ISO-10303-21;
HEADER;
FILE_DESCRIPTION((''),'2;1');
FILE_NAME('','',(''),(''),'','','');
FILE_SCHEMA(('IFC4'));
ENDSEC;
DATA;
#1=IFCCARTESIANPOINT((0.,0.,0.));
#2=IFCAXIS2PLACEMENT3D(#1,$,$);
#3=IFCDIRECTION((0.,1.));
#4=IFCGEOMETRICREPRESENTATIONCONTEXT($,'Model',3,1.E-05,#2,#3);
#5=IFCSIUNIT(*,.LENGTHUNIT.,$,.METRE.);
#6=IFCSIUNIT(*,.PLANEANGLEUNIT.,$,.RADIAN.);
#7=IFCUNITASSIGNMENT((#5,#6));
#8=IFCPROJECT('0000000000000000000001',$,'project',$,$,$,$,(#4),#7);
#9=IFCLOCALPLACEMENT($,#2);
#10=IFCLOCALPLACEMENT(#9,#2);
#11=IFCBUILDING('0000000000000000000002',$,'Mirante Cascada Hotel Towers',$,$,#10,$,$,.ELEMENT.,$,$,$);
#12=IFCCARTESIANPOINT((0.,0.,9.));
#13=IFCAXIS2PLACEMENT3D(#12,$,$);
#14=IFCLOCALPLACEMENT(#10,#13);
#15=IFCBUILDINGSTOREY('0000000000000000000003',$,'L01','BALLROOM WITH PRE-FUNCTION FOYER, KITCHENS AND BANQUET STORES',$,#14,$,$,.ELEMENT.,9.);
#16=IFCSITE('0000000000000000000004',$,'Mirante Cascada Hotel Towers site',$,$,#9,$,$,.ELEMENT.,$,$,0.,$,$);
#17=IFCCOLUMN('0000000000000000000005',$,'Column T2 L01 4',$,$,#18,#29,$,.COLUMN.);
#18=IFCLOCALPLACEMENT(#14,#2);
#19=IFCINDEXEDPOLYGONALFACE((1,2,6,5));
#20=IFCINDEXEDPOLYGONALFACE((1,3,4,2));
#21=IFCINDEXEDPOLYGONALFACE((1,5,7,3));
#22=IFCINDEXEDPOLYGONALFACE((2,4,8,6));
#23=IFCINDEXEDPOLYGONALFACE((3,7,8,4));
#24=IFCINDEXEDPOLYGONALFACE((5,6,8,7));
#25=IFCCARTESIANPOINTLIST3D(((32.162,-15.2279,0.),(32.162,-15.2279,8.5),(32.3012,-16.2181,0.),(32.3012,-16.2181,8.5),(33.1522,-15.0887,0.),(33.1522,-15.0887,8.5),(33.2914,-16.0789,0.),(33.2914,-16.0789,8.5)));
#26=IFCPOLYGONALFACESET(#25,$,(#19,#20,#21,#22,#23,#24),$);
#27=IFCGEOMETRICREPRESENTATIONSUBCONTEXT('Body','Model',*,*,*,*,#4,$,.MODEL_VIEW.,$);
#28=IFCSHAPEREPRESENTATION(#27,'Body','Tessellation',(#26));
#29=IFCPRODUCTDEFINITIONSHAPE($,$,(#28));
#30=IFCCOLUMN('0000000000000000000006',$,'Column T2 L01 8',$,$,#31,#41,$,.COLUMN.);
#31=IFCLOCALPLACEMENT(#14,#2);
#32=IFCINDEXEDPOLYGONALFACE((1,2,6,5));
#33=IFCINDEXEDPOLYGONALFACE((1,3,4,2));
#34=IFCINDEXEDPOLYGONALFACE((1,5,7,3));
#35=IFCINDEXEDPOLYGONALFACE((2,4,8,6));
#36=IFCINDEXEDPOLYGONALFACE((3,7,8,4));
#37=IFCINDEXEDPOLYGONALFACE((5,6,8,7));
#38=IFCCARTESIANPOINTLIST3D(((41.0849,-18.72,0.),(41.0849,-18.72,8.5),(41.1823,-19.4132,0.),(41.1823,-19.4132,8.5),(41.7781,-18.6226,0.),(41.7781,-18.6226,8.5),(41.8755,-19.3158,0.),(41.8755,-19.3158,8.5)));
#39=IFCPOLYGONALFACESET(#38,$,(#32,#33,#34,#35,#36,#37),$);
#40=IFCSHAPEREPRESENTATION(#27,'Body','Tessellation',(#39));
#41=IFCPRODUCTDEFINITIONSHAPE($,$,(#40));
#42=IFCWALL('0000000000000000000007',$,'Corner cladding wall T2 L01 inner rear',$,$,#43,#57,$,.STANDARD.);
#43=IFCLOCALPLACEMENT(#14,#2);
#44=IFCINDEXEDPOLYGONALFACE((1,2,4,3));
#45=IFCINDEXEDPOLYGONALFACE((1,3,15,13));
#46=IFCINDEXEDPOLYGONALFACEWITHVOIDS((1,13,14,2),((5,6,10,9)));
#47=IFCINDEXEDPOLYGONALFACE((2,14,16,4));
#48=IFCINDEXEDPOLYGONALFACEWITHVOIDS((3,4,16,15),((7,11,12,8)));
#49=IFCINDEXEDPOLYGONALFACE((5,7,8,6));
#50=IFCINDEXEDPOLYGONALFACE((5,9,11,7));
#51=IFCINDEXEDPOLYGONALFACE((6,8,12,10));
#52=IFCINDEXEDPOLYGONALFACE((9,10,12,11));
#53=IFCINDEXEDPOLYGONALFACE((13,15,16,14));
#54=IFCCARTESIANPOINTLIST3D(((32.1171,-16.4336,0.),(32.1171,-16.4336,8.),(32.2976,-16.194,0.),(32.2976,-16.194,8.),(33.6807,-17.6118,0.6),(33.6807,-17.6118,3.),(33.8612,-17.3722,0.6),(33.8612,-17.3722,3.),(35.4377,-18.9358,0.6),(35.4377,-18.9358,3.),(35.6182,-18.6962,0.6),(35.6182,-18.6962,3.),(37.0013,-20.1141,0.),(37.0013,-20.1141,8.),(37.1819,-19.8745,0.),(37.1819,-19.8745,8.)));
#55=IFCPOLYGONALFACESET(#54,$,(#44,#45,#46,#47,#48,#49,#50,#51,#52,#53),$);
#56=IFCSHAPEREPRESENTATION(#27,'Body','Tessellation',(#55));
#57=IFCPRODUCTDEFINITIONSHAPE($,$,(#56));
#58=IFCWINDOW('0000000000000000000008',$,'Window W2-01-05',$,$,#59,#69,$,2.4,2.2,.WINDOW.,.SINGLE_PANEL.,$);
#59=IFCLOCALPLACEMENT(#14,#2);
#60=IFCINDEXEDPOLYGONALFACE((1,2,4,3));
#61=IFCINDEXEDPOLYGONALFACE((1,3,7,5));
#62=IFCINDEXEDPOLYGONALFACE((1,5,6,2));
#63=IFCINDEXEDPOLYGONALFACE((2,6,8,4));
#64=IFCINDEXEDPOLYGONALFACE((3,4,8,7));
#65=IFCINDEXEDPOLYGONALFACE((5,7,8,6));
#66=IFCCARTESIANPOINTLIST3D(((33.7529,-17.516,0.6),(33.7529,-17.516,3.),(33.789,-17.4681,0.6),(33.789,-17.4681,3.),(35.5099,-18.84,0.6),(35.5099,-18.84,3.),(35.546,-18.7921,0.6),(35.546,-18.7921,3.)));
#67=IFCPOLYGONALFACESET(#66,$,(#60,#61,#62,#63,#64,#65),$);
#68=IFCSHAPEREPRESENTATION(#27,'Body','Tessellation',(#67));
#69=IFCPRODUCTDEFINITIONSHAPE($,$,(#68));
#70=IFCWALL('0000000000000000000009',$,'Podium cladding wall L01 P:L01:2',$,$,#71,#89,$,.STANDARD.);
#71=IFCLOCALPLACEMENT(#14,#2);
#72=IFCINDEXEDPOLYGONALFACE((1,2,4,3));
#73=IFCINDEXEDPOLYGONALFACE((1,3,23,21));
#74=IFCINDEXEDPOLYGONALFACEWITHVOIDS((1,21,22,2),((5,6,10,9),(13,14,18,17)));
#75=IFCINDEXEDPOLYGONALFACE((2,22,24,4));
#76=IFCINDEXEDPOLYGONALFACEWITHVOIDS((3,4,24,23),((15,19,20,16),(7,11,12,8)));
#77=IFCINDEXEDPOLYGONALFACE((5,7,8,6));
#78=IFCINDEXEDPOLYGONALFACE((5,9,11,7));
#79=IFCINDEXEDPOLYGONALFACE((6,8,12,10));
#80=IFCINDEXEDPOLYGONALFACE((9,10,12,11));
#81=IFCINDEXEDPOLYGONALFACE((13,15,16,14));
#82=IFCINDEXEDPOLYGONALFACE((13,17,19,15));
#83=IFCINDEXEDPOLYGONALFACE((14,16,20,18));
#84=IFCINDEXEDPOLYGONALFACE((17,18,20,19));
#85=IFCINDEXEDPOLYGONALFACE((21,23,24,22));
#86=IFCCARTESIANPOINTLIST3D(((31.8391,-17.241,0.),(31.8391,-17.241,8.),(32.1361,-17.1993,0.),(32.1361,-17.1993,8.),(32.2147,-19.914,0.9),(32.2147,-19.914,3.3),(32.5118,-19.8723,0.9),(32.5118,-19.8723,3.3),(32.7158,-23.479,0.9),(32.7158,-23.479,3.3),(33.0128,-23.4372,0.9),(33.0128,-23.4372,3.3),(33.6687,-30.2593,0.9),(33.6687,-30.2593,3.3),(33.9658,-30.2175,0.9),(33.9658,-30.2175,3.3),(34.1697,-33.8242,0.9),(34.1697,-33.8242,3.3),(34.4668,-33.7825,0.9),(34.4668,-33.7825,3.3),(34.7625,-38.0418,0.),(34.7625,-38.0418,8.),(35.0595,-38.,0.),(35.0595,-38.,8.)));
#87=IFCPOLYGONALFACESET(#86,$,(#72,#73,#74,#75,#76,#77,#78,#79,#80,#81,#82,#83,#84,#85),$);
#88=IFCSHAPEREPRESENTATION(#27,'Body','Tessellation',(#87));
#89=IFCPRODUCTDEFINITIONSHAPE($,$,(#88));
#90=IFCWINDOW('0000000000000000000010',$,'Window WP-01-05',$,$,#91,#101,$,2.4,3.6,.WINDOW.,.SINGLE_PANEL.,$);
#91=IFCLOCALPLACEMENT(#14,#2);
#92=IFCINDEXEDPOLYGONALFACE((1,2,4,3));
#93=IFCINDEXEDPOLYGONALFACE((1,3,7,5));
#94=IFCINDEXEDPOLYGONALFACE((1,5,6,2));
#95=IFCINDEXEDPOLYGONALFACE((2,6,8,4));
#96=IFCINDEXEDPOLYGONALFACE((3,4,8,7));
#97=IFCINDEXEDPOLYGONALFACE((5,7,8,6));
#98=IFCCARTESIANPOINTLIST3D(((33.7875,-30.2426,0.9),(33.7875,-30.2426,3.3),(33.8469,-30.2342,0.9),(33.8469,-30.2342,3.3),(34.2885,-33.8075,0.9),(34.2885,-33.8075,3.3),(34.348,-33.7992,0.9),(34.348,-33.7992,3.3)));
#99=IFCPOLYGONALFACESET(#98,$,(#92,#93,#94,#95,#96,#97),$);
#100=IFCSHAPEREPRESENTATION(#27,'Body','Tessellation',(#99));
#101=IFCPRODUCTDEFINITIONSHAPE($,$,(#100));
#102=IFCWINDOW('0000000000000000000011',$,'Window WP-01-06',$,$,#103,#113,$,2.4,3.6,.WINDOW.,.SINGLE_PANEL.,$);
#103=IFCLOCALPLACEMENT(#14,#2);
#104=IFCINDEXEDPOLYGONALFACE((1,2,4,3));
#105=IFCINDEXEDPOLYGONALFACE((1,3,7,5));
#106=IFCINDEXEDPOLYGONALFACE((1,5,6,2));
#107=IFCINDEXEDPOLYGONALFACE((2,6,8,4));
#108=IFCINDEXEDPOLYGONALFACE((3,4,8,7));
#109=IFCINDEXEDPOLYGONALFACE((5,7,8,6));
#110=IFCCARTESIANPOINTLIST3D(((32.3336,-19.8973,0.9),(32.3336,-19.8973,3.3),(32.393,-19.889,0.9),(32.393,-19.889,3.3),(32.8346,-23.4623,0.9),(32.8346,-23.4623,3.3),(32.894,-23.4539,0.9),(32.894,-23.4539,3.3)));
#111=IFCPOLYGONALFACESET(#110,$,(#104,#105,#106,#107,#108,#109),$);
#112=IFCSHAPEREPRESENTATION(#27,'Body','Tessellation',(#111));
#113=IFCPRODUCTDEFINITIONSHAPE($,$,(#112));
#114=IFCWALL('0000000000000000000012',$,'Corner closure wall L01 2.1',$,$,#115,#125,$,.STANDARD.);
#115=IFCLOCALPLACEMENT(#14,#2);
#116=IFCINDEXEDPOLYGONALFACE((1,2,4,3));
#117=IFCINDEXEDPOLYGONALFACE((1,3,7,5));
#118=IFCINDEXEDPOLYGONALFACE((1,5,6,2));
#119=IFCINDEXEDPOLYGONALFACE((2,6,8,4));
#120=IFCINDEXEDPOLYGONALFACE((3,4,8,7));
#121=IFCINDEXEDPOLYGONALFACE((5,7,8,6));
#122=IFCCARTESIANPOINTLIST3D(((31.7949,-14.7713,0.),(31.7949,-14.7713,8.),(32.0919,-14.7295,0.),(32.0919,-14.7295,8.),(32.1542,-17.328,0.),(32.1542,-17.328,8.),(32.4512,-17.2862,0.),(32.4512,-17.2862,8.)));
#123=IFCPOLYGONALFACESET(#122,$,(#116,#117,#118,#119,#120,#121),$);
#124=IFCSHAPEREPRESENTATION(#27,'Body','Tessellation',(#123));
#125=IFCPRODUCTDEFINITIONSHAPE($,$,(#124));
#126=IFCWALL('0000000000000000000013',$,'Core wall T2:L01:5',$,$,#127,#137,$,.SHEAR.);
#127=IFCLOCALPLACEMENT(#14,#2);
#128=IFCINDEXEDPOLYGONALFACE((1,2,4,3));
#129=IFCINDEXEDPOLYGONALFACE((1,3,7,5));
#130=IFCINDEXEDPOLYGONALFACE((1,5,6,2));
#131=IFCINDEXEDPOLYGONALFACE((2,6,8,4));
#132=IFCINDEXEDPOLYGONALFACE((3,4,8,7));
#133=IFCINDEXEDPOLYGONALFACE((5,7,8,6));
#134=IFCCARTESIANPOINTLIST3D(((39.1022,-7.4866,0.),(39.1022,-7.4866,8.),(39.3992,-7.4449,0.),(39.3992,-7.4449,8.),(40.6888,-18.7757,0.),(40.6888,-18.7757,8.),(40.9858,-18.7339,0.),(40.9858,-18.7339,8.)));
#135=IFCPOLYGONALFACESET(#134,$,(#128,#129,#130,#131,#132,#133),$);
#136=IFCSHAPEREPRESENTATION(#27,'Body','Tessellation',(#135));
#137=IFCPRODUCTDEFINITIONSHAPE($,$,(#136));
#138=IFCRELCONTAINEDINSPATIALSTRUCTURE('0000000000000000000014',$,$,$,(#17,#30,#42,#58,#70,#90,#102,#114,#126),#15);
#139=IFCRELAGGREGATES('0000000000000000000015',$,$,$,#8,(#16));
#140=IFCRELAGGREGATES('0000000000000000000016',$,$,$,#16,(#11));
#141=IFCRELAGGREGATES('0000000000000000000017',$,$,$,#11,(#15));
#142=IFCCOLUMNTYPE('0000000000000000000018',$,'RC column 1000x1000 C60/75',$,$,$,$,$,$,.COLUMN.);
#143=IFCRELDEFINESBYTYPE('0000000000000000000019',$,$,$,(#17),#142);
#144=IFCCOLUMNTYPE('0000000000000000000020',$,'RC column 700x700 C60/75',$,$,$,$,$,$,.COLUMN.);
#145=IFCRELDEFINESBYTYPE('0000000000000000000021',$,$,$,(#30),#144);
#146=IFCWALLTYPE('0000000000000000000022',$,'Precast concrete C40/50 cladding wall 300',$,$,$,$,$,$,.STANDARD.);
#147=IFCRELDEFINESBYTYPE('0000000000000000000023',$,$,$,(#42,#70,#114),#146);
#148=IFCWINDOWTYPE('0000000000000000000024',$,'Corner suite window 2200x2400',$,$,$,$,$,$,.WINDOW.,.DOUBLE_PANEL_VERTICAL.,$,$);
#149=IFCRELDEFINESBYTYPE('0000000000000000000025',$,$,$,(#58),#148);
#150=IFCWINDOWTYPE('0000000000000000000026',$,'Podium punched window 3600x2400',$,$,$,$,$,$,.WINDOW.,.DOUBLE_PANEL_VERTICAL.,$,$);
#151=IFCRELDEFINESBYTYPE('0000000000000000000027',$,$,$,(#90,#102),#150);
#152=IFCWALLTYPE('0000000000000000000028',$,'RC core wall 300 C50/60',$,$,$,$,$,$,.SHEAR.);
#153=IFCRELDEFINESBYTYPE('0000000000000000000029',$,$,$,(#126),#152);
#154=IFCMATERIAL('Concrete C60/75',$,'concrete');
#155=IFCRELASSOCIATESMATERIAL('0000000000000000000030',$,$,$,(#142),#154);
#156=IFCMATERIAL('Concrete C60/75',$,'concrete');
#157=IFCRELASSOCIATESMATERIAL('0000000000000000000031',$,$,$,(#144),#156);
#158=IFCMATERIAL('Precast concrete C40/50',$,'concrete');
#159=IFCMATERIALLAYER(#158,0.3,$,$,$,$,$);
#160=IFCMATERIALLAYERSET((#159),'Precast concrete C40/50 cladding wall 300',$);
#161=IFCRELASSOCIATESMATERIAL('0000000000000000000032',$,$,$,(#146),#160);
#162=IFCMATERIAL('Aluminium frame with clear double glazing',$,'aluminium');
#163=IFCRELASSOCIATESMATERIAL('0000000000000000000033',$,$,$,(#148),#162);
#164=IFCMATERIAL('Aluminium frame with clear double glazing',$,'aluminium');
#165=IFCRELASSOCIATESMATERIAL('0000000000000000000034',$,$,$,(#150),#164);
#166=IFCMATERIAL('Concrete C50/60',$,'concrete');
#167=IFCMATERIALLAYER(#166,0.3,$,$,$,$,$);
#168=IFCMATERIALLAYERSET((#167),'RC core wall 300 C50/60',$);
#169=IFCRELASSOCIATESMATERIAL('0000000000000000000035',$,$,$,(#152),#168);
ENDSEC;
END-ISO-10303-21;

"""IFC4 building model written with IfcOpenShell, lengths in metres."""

from ifc_helpers import new_model, si_unit, direction, frame, frame_2d, origin, origin_2d, place, context, subcontext, project, spatial, rectangle, extrude, material, layer, layer_set, material_profile, profile_set, type_object, element, fill, save


model = new_model("IFC4")

# Units and contexts
model_context = context("Model", 3, precision=1e-05, world=origin(), true_north=direction((0.0, 1.0)))
body_context = subcontext(model_context, "Body", "Model", "MODEL_VIEW")
ifc_project = project(units=[si_unit("LENGTHUNIT", "METRE"), si_unit("PLANEANGLEUNIT", "RADIAN")], contexts=[model_context])

# Site, building, storey
site_placement = place(None, origin())
site = spatial("IfcSite", under=ifc_project, at=site_placement, Name="Mirante Cascada Hotel Towers site", CompositionType="ELEMENT", RefElevation=0.0)
building_placement = place(site_placement, origin())
building = spatial("IfcBuilding", under=site, at=building_placement, Name="Mirante Cascada Hotel Towers", CompositionType="ELEMENT")
storey_placement = place(building_placement, frame((0.0, 0.0, 9.0)))
storey = spatial("IfcBuildingStorey", under=building, at=storey_placement, Name="L01", Description="BALLROOM WITH PRE-FUNCTION FOYER, KITCHENS AND BANQUET STORES", CompositionType="ELEMENT", Elevation=9.0)

# Columns
ifc_material_1 = material(Name="Concrete C60/75", Category="concrete")
ifc_material_profile_1 = material_profile(ifc_material_1, rectangle(XDim=1.0, YDim=1.0, at=origin_2d()), Name="RC column 1000x1000 C60/75")
ifc_profile_set_1 = profile_set([ifc_material_profile_1], Name="Concrete C60/75")
column_type_1 = type_object("IfcColumnType", Name="RC column 1000x1000 C60/75", PredefinedType="COLUMN", material=ifc_profile_set_1)
column_1_placement = place(storey_placement, frame((32.7267, -15.6534, 0.0), z_axis=(0.0, 0.0, 1.0), x_axis=(0.990268, 0.139173, 0.0)))
element("IfcColumn", 1, at=column_1_placement, inside=storey, type_object=column_type_1, Name="Column T2 L01 4", PredefinedType="COLUMN", context=body_context, shape_type="SweptSolid", body=[
    extrude(rectangle(XDim=1.0, YDim=1.0, at=origin_2d()), origin(), (0.0, 0.0, 1.0), 8.5),
])
ifc_material_2 = material(Name="Concrete C60/75", Category="concrete")
ifc_material_profile_2 = material_profile(ifc_material_2, rectangle(XDim=0.7, YDim=0.7, at=origin_2d()), Name="RC column 700x700 C60/75")
ifc_profile_set_2 = profile_set([ifc_material_profile_2], Name="Concrete C60/75")
column_type_2 = type_object("IfcColumnType", Name="RC column 700x700 C60/75", PredefinedType="COLUMN", material=ifc_profile_set_2)
column_2_placement = place(storey_placement, frame((41.4802, -19.0179, 0.0), z_axis=(0.0, 0.0, 1.0), x_axis=(0.990268, 0.139173, 0.0)))
element("IfcColumn", 2, at=column_2_placement, inside=storey, type_object=column_type_2, Name="Column T2 L01 8", PredefinedType="COLUMN", context=body_context, shape_type="SweptSolid", body=[
    extrude(rectangle(XDim=0.7, YDim=0.7, at=origin_2d()), origin(), (0.0, 0.0, 1.0), 8.5),
])

# Wall, opening, window
ifc_material_3 = material(Name="Precast concrete C40/50", Category="concrete")
ifc_layer_1 = layer(ifc_material_3, 0.3)
ifc_layer_set_1 = layer_set([ifc_layer_1], Name="Precast concrete C40/50 cladding wall 300")
wall_type_1 = type_object("IfcWallType", Name="Precast concrete C40/50 cladding wall 300", PredefinedType="STANDARD", material=ifc_layer_set_1)
wall_1_placement = place(storey_placement, frame((32.2074, -16.3138, 0.0), z_axis=(0.0, 0.0, 1.0), x_axis=(0.798636, -0.601814, 0.0)))
wall_1 = element("IfcWall", 3, at=wall_1_placement, inside=storey, type_object=wall_type_1, Name="Corner cladding wall T2 L01 inner rear", PredefinedType="STANDARD", context=body_context, shape_type="SweptSolid", body=[
    extrude(rectangle(XDim=6.1157, YDim=0.3, at=frame_2d((3.0578, 0.0))), origin(), (0.0, 0.0, 1.0), 8.0),
])
opening_1_placement = place(wall_1_placement, frame((1.9578, 0.0, 0.6)))
opening_1 = element("IfcOpeningElement", 4, at=opening_1_placement, cuts=wall_1, PredefinedType="OPENING", context=body_context, shape_type="SweptSolid", body=[
    extrude(rectangle(XDim=2.2, YDim=2.4, at=frame_2d((1.1, 1.2))), frame((0.0, 0.15, 0.0), z_axis=(0.0, -1.0, 0.0), x_axis=(1.0, 0.0, 0.0)), (0.0, 0.0, 1.0), 0.3),
])
ifc_material_4 = material(Name="Aluminium frame with clear double glazing", Category="aluminium")
window_type_1 = type_object("IfcWindowType", Name="Corner suite window 2200x2400", PartitioningType="DOUBLE_PANEL_VERTICAL", PredefinedType="WINDOW", material=ifc_material_4)
window_1_placement = place(opening_1_placement, origin())
window_1 = element("IfcWindow", 5, at=window_1_placement, inside=storey, type_object=window_type_1, Name="Window W2-01-05", OverallHeight=2.4, OverallWidth=2.2, PartitioningType="SINGLE_PANEL", PredefinedType="WINDOW", context=body_context, shape_type="SweptSolid", body=[
    extrude(rectangle(XDim=2.2, YDim=2.4, at=frame_2d((1.1, 1.2))), frame((0.0, 0.03, 0.0), z_axis=(0.0, -1.0, 0.0), x_axis=(1.0, 0.0, 0.0)), (0.0, 0.0, 1.0), 0.06),
])
fill(opening_1, window_1)

# Wall, openings, windows
wall_2_placement = place(storey_placement, frame((34.911, -38.0209, 0.0), z_axis=(0.0, 0.0, 1.0), x_axis=(-0.139175, 0.990268, 0.0)))
wall_2 = element("IfcWall", 6, at=wall_2_placement, inside=storey, type_object=wall_type_1, Name="Podium cladding wall L01 P:L01:2", PredefinedType="STANDARD", context=body_context, shape_type="SweptSolid", body=[
    extrude(rectangle(XDim=21.0052, YDim=0.3, at=frame_2d((10.5026, 0.0))), origin(), (0.0, 0.0, 1.0), 8.0),
])
opening_2_placement = place(wall_2_placement, frame((4.259, 0.0, 0.9)))
opening_2 = element("IfcOpeningElement", 7, at=opening_2_placement, cuts=wall_2, PredefinedType="OPENING", context=body_context, shape_type="SweptSolid", body=[
    extrude(rectangle(XDim=3.6, YDim=2.4, at=frame_2d((1.8, 1.2))), frame((0.0, 0.15, 0.0), z_axis=(0.0, -1.0, 0.0), x_axis=(1.0, 0.0, 0.0)), (0.0, 0.0, 1.0), 0.3),
])
opening_3_placement = place(wall_2_placement, frame((14.7059, 0.0, 0.9)))
opening_3 = element("IfcOpeningElement", 8, at=opening_3_placement, cuts=wall_2, PredefinedType="OPENING", context=body_context, shape_type="SweptSolid", body=[
    extrude(rectangle(XDim=3.6, YDim=2.4, at=frame_2d((1.8, 1.2))), frame((0.0, 0.15, 0.0), z_axis=(0.0, -1.0, 0.0), x_axis=(1.0, 0.0, 0.0)), (0.0, 0.0, 1.0), 0.3),
])
ifc_material_5 = material(Name="Aluminium frame with clear double glazing", Category="aluminium")
window_type_2 = type_object("IfcWindowType", Name="Podium punched window 3600x2400", PartitioningType="DOUBLE_PANEL_VERTICAL", PredefinedType="WINDOW", material=ifc_material_5)
window_2_placement = place(opening_2_placement, origin())
window_2 = element("IfcWindow", 9, at=window_2_placement, inside=storey, type_object=window_type_2, Name="Window WP-01-05", OverallHeight=2.4, OverallWidth=3.6, PartitioningType="SINGLE_PANEL", PredefinedType="WINDOW", context=body_context, shape_type="SweptSolid", body=[
    extrude(rectangle(XDim=3.6, YDim=2.4, at=frame_2d((1.8, 1.2))), frame((0.0, 0.03, 0.0), z_axis=(0.0, -1.0, 0.0), x_axis=(1.0, 0.0, 0.0)), (0.0, 0.0, 1.0), 0.06),
])
fill(opening_2, window_2)
window_3_placement = place(opening_3_placement, origin())
window_3 = element("IfcWindow", 10, at=window_3_placement, inside=storey, type_object=window_type_2, Name="Window WP-01-06", OverallHeight=2.4, OverallWidth=3.6, PartitioningType="SINGLE_PANEL", PredefinedType="WINDOW", context=body_context, shape_type="SweptSolid", body=[
    extrude(rectangle(XDim=3.6, YDim=2.4, at=frame_2d((1.8, 1.2))), frame((0.0, 0.03, 0.0), z_axis=(0.0, -1.0, 0.0), x_axis=(1.0, 0.0, 0.0)), (0.0, 0.0, 1.0), 0.06),
])
fill(opening_3, window_3)

# Walls
wall_3_placement = place(storey_placement, frame((31.9434, -14.7504, 0.0), z_axis=(0.0, 0.0, 1.0), x_axis=(0.139165, -0.990269, 0.0)))
element("IfcWall", 11, at=wall_3_placement, inside=storey, type_object=wall_type_1, Name="Corner closure wall L01 2.1", PredefinedType="STANDARD", context=body_context, shape_type="SweptSolid", body=[
    extrude(rectangle(XDim=2.5818, YDim=0.3, at=frame_2d((1.2909, 0.0))), origin(), (0.0, 0.0, 1.0), 8.0),
])
ifc_material_6 = material(Name="Concrete C50/60", Category="concrete")
ifc_layer_2 = layer(ifc_material_6, 0.3)
ifc_layer_set_2 = layer_set([ifc_layer_2], Name="RC core wall 300 C50/60")
wall_type_2 = type_object("IfcWallType", Name="RC core wall 300 C50/60", PredefinedType="SHEAR", material=ifc_layer_set_2)
wall_4_placement = place(storey_placement, frame((40.8373, -18.7548, 0.0), z_axis=(0.0, 0.0, 1.0), x_axis=(-0.139175, 0.990268, 0.0)))
element("IfcWall", 12, at=wall_4_placement, inside=storey, type_object=wall_type_2, Name="Core wall T2:L01:5", PredefinedType="SHEAR", context=body_context, shape_type="SweptSolid", body=[
    extrude(rectangle(XDim=11.4, YDim=0.3, at=frame_2d((5.7, 0.0))), origin(), (0.0, 0.0, 1.0), 8.0),
])

save(model, "model.ifc")
